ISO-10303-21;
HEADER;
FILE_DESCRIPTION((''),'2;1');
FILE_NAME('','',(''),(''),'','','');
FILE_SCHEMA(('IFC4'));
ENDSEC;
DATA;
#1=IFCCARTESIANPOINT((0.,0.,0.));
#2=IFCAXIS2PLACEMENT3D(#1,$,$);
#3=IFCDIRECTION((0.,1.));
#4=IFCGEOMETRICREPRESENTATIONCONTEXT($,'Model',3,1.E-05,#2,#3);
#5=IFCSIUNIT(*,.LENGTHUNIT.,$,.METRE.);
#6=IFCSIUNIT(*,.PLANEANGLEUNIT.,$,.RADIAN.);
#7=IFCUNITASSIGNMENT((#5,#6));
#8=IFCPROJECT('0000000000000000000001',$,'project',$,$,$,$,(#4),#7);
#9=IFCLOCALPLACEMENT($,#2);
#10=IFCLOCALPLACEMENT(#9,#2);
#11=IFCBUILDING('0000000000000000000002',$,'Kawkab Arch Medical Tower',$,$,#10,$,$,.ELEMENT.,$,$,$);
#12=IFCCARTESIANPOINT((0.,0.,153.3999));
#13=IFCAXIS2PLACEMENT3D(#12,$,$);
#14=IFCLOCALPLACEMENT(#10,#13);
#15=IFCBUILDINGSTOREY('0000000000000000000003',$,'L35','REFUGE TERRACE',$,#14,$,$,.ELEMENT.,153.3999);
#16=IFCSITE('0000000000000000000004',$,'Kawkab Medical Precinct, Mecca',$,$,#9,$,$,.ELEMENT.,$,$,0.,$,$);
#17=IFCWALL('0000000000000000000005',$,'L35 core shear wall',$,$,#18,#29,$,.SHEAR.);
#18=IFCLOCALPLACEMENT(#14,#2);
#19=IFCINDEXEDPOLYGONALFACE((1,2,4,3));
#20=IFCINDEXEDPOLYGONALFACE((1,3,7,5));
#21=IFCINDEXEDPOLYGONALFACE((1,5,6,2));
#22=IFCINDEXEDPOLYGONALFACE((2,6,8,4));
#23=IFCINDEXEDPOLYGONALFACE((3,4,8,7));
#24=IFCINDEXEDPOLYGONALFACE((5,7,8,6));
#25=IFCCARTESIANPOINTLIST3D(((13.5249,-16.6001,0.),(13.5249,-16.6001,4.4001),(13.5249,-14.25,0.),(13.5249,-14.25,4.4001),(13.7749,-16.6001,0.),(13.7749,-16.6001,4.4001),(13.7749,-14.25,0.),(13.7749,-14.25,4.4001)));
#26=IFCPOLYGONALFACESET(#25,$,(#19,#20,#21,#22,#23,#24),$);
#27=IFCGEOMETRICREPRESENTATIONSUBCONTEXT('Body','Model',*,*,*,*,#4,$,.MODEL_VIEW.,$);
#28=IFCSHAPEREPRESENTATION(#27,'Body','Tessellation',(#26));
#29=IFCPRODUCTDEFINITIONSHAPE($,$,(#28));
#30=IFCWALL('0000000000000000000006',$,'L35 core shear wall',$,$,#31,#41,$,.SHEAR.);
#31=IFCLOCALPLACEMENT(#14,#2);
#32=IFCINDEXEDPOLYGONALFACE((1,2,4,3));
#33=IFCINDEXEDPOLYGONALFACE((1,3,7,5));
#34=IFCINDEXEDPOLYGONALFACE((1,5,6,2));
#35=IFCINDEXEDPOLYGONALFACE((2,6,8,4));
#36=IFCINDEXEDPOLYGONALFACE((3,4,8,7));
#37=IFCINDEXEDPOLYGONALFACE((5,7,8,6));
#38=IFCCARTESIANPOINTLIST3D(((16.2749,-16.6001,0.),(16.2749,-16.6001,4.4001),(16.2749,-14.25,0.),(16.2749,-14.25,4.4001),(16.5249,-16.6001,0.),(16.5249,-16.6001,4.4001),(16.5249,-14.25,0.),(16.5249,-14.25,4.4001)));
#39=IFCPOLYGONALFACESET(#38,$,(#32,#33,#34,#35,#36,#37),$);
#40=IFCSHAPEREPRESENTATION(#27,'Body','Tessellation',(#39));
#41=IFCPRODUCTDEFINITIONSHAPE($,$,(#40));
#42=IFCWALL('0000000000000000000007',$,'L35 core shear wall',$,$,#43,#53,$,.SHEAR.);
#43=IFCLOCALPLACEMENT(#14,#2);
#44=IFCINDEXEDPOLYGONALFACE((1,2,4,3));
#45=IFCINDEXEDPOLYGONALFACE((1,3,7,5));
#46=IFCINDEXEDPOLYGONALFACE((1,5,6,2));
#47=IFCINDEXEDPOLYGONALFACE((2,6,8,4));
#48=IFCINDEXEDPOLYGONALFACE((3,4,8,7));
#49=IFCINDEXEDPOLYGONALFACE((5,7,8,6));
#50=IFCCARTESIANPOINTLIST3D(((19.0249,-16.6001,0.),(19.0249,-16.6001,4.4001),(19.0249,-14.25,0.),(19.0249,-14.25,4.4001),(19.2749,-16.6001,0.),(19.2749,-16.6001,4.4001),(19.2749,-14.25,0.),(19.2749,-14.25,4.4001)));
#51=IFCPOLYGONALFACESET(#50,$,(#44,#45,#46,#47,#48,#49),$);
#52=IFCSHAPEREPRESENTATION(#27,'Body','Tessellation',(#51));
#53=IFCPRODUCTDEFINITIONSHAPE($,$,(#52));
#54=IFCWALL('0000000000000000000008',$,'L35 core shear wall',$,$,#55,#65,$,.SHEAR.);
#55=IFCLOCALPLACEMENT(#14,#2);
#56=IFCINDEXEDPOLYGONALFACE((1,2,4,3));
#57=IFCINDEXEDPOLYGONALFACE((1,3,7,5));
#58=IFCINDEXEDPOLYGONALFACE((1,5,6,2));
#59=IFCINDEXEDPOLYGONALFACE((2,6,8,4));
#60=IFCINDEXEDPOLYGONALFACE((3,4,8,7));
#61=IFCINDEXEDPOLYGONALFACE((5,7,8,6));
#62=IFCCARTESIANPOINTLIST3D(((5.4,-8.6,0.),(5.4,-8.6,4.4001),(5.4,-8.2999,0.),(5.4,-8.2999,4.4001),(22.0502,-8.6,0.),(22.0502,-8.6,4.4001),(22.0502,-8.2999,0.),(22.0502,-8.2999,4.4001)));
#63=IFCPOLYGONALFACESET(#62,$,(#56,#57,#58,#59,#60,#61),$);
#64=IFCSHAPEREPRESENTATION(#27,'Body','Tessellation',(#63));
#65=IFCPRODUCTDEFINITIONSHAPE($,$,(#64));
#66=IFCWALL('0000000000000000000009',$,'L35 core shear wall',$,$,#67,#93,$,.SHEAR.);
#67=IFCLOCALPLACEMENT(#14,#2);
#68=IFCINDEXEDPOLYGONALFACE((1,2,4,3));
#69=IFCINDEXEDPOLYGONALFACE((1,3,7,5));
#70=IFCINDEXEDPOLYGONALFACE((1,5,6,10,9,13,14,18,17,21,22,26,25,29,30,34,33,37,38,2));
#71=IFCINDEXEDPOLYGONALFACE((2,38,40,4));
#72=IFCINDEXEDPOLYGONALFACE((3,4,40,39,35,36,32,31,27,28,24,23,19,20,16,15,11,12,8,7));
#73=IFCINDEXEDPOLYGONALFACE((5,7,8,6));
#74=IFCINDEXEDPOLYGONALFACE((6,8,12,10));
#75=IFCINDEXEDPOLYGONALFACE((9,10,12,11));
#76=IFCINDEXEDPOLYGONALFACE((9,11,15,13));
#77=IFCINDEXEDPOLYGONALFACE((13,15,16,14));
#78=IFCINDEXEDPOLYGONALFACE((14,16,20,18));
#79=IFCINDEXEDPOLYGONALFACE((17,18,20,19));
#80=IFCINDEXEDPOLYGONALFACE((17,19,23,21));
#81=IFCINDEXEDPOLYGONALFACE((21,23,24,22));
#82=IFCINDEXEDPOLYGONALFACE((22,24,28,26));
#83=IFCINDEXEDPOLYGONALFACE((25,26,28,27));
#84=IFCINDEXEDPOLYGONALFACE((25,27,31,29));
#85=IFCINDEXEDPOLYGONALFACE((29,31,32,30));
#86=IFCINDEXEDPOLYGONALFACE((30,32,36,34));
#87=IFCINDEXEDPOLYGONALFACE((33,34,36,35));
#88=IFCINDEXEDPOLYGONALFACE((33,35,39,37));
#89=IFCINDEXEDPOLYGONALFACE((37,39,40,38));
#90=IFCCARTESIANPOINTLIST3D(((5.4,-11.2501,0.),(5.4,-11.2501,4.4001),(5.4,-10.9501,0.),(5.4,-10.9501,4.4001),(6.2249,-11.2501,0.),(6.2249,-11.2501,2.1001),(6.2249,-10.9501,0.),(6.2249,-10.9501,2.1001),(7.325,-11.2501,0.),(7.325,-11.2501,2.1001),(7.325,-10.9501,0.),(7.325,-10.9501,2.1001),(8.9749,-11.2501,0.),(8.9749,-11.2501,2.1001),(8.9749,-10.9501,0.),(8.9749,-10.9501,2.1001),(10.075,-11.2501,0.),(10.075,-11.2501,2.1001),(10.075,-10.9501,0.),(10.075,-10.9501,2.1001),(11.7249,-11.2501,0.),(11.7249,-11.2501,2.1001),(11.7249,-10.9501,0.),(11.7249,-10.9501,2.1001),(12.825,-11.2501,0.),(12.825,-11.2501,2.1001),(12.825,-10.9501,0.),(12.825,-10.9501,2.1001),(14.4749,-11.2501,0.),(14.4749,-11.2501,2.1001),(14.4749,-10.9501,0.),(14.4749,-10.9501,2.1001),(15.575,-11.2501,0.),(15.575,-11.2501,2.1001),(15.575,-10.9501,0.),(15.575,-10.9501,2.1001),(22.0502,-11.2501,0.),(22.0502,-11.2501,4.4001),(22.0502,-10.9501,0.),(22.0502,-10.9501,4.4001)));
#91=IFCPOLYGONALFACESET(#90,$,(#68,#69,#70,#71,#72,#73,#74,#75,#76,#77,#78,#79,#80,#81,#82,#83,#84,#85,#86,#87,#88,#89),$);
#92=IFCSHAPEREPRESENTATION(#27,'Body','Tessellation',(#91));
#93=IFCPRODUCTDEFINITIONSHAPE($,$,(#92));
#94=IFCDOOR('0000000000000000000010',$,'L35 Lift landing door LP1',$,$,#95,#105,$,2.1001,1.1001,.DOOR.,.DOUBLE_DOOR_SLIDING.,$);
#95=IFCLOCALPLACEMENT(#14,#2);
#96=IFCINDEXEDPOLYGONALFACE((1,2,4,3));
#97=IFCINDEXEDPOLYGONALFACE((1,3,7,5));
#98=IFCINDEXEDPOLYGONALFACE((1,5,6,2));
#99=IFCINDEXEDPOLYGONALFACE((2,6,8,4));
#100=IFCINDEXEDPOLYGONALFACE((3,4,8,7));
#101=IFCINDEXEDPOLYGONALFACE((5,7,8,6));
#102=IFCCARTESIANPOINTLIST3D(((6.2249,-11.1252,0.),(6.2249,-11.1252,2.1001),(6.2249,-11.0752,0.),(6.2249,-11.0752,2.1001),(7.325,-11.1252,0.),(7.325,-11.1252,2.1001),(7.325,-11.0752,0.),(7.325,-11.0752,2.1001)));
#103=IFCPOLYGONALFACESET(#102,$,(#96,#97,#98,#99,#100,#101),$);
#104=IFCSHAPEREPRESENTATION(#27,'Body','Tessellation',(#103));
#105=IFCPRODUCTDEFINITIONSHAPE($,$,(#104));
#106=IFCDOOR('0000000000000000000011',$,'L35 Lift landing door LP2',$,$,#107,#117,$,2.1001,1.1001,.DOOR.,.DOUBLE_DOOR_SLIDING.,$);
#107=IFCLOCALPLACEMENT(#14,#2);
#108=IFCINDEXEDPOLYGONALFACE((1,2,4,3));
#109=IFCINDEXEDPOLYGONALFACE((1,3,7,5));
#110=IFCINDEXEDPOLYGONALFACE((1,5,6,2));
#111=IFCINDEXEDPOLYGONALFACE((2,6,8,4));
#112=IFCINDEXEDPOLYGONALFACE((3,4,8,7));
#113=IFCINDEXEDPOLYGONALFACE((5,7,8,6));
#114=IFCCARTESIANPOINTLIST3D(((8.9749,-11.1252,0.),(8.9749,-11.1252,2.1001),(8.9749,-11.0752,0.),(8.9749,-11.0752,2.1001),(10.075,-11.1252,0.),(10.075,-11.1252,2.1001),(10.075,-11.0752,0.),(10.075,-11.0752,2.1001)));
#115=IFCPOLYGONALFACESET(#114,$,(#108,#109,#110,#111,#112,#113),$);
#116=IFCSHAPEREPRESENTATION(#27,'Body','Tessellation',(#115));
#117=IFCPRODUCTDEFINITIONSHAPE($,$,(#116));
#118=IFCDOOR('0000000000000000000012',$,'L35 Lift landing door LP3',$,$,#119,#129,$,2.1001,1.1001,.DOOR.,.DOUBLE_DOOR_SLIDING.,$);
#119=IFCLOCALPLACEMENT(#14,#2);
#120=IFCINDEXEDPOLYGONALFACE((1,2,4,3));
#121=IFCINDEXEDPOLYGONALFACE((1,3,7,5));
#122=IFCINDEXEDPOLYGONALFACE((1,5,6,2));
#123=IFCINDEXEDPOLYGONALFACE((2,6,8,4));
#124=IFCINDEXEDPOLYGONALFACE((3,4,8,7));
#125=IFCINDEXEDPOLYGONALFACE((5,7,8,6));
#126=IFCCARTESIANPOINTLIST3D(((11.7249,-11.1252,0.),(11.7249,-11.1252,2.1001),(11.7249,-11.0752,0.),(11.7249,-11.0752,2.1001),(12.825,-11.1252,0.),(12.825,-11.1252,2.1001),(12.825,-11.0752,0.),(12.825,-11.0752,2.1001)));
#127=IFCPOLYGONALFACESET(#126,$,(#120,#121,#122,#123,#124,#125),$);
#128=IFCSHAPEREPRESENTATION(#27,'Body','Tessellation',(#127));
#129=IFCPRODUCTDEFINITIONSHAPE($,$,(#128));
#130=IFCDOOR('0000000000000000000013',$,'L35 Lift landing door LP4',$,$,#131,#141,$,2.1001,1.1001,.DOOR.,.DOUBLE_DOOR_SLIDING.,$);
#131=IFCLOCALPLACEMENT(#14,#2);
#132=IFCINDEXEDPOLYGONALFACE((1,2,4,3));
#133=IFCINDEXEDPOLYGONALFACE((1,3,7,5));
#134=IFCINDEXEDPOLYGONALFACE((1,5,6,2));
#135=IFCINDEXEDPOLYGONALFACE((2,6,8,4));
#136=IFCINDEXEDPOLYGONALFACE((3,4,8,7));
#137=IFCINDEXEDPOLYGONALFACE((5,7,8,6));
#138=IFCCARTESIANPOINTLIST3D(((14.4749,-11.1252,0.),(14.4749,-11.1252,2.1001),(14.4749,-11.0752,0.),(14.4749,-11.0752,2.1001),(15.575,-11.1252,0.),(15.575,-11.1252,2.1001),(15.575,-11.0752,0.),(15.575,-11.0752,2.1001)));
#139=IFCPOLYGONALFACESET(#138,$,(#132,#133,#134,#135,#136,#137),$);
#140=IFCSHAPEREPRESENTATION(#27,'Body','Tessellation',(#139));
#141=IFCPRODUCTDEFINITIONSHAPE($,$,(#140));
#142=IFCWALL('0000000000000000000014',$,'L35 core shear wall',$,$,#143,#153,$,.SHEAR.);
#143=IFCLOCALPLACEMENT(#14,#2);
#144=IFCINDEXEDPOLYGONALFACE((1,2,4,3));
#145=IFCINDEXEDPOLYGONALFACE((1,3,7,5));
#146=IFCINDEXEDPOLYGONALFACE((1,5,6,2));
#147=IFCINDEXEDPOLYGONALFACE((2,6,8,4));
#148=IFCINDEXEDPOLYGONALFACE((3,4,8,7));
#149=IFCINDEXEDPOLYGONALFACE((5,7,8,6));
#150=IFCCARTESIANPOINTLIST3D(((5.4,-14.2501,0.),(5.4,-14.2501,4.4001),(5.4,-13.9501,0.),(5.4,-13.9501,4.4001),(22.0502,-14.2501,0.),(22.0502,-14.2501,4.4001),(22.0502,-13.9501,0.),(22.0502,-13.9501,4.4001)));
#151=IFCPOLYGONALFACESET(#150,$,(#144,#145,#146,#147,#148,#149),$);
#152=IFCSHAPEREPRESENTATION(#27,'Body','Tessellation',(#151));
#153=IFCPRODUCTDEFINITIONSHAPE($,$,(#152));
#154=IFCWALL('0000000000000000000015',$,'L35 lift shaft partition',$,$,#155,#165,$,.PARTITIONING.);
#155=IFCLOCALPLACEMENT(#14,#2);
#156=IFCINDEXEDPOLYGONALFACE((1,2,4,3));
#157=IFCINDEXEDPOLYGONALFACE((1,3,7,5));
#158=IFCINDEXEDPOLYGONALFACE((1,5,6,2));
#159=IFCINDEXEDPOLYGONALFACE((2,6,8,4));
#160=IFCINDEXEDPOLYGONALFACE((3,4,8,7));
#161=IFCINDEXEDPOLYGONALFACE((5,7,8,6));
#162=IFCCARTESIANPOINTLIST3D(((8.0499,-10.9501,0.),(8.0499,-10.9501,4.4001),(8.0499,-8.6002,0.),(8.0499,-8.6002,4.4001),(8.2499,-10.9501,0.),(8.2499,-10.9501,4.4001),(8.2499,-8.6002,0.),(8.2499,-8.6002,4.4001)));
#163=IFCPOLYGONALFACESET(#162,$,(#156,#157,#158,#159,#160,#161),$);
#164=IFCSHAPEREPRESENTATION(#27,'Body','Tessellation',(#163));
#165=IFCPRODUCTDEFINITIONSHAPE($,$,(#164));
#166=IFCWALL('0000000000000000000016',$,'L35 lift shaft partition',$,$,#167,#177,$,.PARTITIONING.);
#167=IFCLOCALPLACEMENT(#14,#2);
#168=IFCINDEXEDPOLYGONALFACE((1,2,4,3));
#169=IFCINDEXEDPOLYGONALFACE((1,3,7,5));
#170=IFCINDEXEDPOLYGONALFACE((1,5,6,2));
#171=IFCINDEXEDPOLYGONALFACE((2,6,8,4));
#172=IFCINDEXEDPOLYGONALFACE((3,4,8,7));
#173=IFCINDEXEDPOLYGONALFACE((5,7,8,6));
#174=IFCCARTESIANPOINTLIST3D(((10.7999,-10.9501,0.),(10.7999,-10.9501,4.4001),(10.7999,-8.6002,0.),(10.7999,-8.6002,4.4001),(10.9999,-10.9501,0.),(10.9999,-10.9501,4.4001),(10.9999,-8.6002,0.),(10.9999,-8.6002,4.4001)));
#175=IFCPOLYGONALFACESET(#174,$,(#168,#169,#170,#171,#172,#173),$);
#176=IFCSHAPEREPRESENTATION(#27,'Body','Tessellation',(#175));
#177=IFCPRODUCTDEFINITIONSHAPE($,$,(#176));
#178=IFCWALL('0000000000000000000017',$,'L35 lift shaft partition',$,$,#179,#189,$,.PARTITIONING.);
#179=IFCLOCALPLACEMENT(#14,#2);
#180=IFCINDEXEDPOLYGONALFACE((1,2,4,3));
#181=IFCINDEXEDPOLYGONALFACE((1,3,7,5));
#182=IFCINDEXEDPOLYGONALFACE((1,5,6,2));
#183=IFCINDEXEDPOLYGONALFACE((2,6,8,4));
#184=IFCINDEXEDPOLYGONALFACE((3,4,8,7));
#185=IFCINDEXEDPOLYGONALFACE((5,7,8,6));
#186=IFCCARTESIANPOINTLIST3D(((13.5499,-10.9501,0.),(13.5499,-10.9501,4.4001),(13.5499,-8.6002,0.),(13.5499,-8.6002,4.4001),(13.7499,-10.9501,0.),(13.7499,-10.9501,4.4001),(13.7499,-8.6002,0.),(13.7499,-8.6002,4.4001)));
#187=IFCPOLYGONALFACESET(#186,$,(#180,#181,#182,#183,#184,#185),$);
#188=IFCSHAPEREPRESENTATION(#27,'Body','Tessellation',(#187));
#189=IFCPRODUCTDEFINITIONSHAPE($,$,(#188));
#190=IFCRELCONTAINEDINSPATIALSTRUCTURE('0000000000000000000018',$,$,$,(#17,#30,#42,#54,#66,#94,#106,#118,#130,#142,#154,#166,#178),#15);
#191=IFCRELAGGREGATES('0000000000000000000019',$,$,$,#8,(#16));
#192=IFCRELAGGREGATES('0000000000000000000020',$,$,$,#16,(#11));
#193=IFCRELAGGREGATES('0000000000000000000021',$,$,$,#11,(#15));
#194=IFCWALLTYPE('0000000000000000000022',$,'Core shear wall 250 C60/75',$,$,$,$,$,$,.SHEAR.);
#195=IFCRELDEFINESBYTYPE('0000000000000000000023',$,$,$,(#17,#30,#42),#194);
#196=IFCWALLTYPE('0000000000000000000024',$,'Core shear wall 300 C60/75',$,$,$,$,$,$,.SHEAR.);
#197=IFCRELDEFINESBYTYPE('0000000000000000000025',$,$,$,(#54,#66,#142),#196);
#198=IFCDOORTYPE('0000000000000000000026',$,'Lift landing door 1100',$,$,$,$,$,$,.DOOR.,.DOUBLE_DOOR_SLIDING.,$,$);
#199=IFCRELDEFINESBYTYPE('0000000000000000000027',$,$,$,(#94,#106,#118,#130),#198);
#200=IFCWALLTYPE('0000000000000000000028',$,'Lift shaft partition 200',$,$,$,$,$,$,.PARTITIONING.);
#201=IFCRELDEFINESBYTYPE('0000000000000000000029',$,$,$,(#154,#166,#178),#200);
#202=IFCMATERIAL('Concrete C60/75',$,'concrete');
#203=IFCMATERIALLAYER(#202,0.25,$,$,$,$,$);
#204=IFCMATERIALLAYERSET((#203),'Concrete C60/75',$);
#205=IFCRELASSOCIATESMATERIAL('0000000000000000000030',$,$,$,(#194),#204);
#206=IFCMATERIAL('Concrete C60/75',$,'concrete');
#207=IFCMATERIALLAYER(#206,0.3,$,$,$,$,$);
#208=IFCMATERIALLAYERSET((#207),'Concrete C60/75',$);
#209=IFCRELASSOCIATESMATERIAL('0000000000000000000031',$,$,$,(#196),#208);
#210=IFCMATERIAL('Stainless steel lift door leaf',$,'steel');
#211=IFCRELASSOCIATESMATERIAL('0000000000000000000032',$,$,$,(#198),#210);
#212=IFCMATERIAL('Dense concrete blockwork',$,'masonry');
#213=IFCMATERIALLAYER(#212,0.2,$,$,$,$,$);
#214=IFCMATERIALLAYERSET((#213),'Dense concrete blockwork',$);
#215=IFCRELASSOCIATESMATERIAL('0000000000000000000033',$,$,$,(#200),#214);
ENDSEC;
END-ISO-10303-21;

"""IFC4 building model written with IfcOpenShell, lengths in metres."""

from ifc_helpers import new_model, si_unit, direction, frame, frame_2d, origin, place, context, subcontext, project, spatial, rectangle, extrude, material, layer, layer_set, type_object, element, fill, save


model = new_model("IFC4")

# Units and contexts
model_context = context("Model", 3, precision=1e-05, world=origin(), true_north=direction((0.0, 1.0)))
body_context = subcontext(model_context, "Body", "Model", "MODEL_VIEW")
ifc_project = project(units=[si_unit("LENGTHUNIT", "METRE"), si_unit("PLANEANGLEUNIT", "RADIAN")], contexts=[model_context])

# Site, building, storey
site_placement = place(None, origin())
site = spatial("IfcSite", under=ifc_project, at=site_placement, Name="Kawkab Medical Precinct, Mecca", CompositionType="ELEMENT", RefElevation=0.0)
building_placement = place(site_placement, origin())
building = spatial("IfcBuilding", under=site, at=building_placement, Name="Kawkab Arch Medical Tower", CompositionType="ELEMENT")
storey_placement = place(building_placement, frame((0.0, 0.0, 153.3999)))
storey = spatial("IfcBuildingStorey", under=building, at=storey_placement, Name="L35", Description="REFUGE TERRACE", CompositionType="ELEMENT", Elevation=153.3999)

# Walls
ifc_material_1 = material(Name="Concrete C60/75", Category="concrete")
ifc_layer_1 = layer(ifc_material_1, 0.25)
ifc_layer_set_1 = layer_set([ifc_layer_1], Name="Concrete C60/75")
wall_type_1 = type_object("IfcWallType", Name="Core shear wall 250 C60/75", PredefinedType="SHEAR", material=ifc_layer_set_1)
for number, where, z_axis, x_axis, name in (
    (1, (13.6499, -16.6001, 0.0), (0.0, 0.0, 1.0), (0.0, 1.0, 0.0), "L35 core shear wall"),
    (2, (16.3999, -16.6001, 0.0), (0.0, 0.0, 1.0), (0.0, 1.0, 0.0), "L35 core shear wall"),
    (3, (19.1499, -16.6001, 0.0), (0.0, 0.0, 1.0), (0.0, 1.0, 0.0), "L35 core shear wall"),
):
    element("IfcWall", number, at=place(storey_placement, frame(where, z_axis=z_axis, x_axis=x_axis)), inside=storey, type_object=wall_type_1, Name=name, PredefinedType="SHEAR", context=body_context, shape_type="SweptSolid", body=[
        extrude(rectangle(XDim=2.3501, YDim=0.25, at=frame_2d((1.175, 0.0))), origin(), (0.0, 0.0, 1.0), 4.4001),
    ])
ifc_material_2 = material(Name="Concrete C60/75", Category="concrete")
ifc_layer_2 = layer(ifc_material_2, 0.3)
ifc_layer_set_2 = layer_set([ifc_layer_2], Name="Concrete C60/75")
wall_type_2 = type_object("IfcWallType", Name="Core shear wall 300 C60/75", PredefinedType="SHEAR", material=ifc_layer_set_2)
wall_1_placement = place(storey_placement, frame((5.3999, -8.45, 0.0), z_axis=(0.0, 0.0, 1.0), x_axis=(1.0, 0.0, 0.0)))
element("IfcWall", 4, at=wall_1_placement, inside=storey, type_object=wall_type_2, Name="L35 core shear wall", PredefinedType="SHEAR", context=body_context, shape_type="SweptSolid", body=[
    extrude(rectangle(XDim=16.6501, YDim=0.3, at=frame_2d((8.3252, 0.0))), origin(), (0.0, 0.0, 1.0), 4.4001),
])

# Wall, openings, doors
wall_2_placement = place(storey_placement, frame((5.3999, -11.1001, 0.0), z_axis=(0.0, 0.0, 1.0), x_axis=(1.0, 0.0, 0.0)))
wall_2 = element("IfcWall", 5, at=wall_2_placement, inside=storey, type_object=wall_type_2, Name="L35 core shear wall", PredefinedType="SHEAR", context=body_context, shape_type="SweptSolid", body=[
    extrude(rectangle(XDim=16.6501, YDim=0.3, at=frame_2d((8.3252, 0.0))), origin(), (0.0, 0.0, 1.0), 4.4001),
])
opening_1_placement = place(wall_2_placement, frame((0.825, 0.0, 0.0)))
opening_1 = element("IfcOpeningElement", 6, at=opening_1_placement, cuts=wall_2, PredefinedType="OPENING", context=body_context, shape_type="SweptSolid", body=[
    extrude(rectangle(XDim=1.1001, YDim=2.1001, at=frame_2d((0.55, 1.05))), frame((0.0, 0.1599, 0.0), z_axis=(0.0, -1.0, 0.0), x_axis=(1.0, 0.0, 0.0)), (0.0, 0.0, 1.0), 0.3201),
])
opening_2_placement = place(wall_2_placement, frame((3.575, 0.0, 0.0)))
opening_2 = element("IfcOpeningElement", 7, at=opening_2_placement, cuts=wall_2, PredefinedType="OPENING", context=body_context, shape_type="SweptSolid", body=[
    extrude(rectangle(XDim=1.1001, YDim=2.1001, at=frame_2d((0.55, 1.05))), frame((0.0, 0.1599, 0.0), z_axis=(0.0, -1.0, 0.0), x_axis=(1.0, 0.0, 0.0)), (0.0, 0.0, 1.0), 0.3201),
])
opening_3_placement = place(wall_2_placement, frame((6.325, 0.0, 0.0)))
opening_3 = element("IfcOpeningElement", 8, at=opening_3_placement, cuts=wall_2, PredefinedType="OPENING", context=body_context, shape_type="SweptSolid", body=[
    extrude(rectangle(XDim=1.1001, YDim=2.1001, at=frame_2d((0.55, 1.05))), frame((0.0, 0.1599, 0.0), z_axis=(0.0, -1.0, 0.0), x_axis=(1.0, 0.0, 0.0)), (0.0, 0.0, 1.0), 0.3201),
])
opening_4_placement = place(wall_2_placement, frame((9.075, 0.0, 0.0)))
opening_4 = element("IfcOpeningElement", 9, at=opening_4_placement, cuts=wall_2, PredefinedType="OPENING", context=body_context, shape_type="SweptSolid", body=[
    extrude(rectangle(XDim=1.1001, YDim=2.1001, at=frame_2d((0.55, 1.05))), frame((0.0, 0.1599, 0.0), z_axis=(0.0, -1.0, 0.0), x_axis=(1.0, 0.0, 0.0)), (0.0, 0.0, 1.0), 0.3201),
])
ifc_material_3 = material(Name="Stainless steel lift door leaf", Category="steel")
door_type = type_object("IfcDoorType", Name="Lift landing door 1100", OperationType="DOUBLE_DOOR_SLIDING", PredefinedType="DOOR", material=ifc_material_3)
door_1_placement = place(opening_1_placement, origin())
door_1 = element("IfcDoor", 10, at=door_1_placement, inside=storey, type_object=door_type, Name="L35 Lift landing door LP1", OperationType="DOUBLE_DOOR_SLIDING", OverallHeight=2.1001, OverallWidth=1.1001, PredefinedType="DOOR", context=body_context, shape_type="SweptSolid", body=[
    extrude(rectangle(XDim=1.1001, YDim=2.1001, at=frame_2d((0.55, 1.05))), frame((0.0, 0.0249, 0.0), z_axis=(0.0, -1.0, 0.0), x_axis=(1.0, 0.0, 0.0)), (0.0, 0.0, 1.0), 0.05),
])
fill(opening_1, door_1)
door_2_placement = place(opening_2_placement, origin())
door_2 = element("IfcDoor", 11, at=door_2_placement, inside=storey, type_object=door_type, Name="L35 Lift landing door LP2", OperationType="DOUBLE_DOOR_SLIDING", OverallHeight=2.1001, OverallWidth=1.1001, PredefinedType="DOOR", context=body_context, shape_type="SweptSolid", body=[
    extrude(rectangle(XDim=1.1001, YDim=2.1001, at=frame_2d((0.55, 1.05))), frame((0.0, 0.0249, 0.0), z_axis=(0.0, -1.0, 0.0), x_axis=(1.0, 0.0, 0.0)), (0.0, 0.0, 1.0), 0.05),
])
fill(opening_2, door_2)
door_3_placement = place(opening_3_placement, origin())
door_3 = element("IfcDoor", 12, at=door_3_placement, inside=storey, type_object=door_type, Name="L35 Lift landing door LP3", OperationType="DOUBLE_DOOR_SLIDING", OverallHeight=2.1001, OverallWidth=1.1001, PredefinedType="DOOR", context=body_context, shape_type="SweptSolid", body=[
    extrude(rectangle(XDim=1.1001, YDim=2.1001, at=frame_2d((0.55, 1.05))), frame((0.0, 0.0249, 0.0), z_axis=(0.0, -1.0, 0.0), x_axis=(1.0, 0.0, 0.0)), (0.0, 0.0, 1.0), 0.05),
])
fill(opening_3, door_3)
door_4_placement = place(opening_4_placement, origin())
door_4 = element("IfcDoor", 13, at=door_4_placement, inside=storey, type_object=door_type, Name="L35 Lift landing door LP4", OperationType="DOUBLE_DOOR_SLIDING", OverallHeight=2.1001, OverallWidth=1.1001, PredefinedType="DOOR", context=body_context, shape_type="SweptSolid", body=[
    extrude(rectangle(XDim=1.1001, YDim=2.1001, at=frame_2d((0.55, 1.05))), frame((0.0, 0.0249, 0.0), z_axis=(0.0, -1.0, 0.0), x_axis=(1.0, 0.0, 0.0)), (0.0, 0.0, 1.0), 0.05),
])
fill(opening_4, door_4)

# Walls
wall_3_placement = place(storey_placement, frame((5.3999, -14.1001, 0.0), z_axis=(0.0, 0.0, 1.0), x_axis=(1.0, 0.0, 0.0)))
element("IfcWall", 14, at=wall_3_placement, inside=storey, type_object=wall_type_2, Name="L35 core shear wall", PredefinedType="SHEAR", context=body_context, shape_type="SweptSolid", body=[
    extrude(rectangle(XDim=16.6501, YDim=0.3, at=frame_2d((8.3252, 0.0))), origin(), (0.0, 0.0, 1.0), 4.4001),
])
ifc_material_4 = material(Name="Dense concrete blockwork", Category="masonry")
ifc_layer_3 = layer(ifc_material_4, 0.2)
ifc_layer_set_3 = layer_set([ifc_layer_3], Name="Dense concrete blockwork")
wall_type_3 = type_object("IfcWallType", Name="Lift shaft partition 200", PredefinedType="PARTITIONING", material=ifc_layer_set_3)
for number, where, z_axis, x_axis, name in (
    (15, (8.1499, -10.95, 0.0), (0.0, 0.0, 1.0), (0.0, 1.0, 0.0), "L35 lift shaft partition"),
    (16, (10.8999, -10.95, 0.0), (0.0, 0.0, 1.0), (0.0, 1.0, 0.0), "L35 lift shaft partition"),
    (17, (13.6499, -10.95, 0.0), (0.0, 0.0, 1.0), (0.0, 1.0, 0.0), "L35 lift shaft partition"),
):
    element("IfcWall", number, at=place(storey_placement, frame(where, z_axis=z_axis, x_axis=x_axis)), inside=storey, type_object=wall_type_3, Name=name, PredefinedType="PARTITIONING", context=body_context, shape_type="SweptSolid", body=[
        extrude(rectangle(XDim=2.3499, YDim=0.2, at=frame_2d((1.1748, 0.0))), origin(), (0.0, 0.0, 1.0), 4.4001),
    ])

save(model, "model.ifc")
